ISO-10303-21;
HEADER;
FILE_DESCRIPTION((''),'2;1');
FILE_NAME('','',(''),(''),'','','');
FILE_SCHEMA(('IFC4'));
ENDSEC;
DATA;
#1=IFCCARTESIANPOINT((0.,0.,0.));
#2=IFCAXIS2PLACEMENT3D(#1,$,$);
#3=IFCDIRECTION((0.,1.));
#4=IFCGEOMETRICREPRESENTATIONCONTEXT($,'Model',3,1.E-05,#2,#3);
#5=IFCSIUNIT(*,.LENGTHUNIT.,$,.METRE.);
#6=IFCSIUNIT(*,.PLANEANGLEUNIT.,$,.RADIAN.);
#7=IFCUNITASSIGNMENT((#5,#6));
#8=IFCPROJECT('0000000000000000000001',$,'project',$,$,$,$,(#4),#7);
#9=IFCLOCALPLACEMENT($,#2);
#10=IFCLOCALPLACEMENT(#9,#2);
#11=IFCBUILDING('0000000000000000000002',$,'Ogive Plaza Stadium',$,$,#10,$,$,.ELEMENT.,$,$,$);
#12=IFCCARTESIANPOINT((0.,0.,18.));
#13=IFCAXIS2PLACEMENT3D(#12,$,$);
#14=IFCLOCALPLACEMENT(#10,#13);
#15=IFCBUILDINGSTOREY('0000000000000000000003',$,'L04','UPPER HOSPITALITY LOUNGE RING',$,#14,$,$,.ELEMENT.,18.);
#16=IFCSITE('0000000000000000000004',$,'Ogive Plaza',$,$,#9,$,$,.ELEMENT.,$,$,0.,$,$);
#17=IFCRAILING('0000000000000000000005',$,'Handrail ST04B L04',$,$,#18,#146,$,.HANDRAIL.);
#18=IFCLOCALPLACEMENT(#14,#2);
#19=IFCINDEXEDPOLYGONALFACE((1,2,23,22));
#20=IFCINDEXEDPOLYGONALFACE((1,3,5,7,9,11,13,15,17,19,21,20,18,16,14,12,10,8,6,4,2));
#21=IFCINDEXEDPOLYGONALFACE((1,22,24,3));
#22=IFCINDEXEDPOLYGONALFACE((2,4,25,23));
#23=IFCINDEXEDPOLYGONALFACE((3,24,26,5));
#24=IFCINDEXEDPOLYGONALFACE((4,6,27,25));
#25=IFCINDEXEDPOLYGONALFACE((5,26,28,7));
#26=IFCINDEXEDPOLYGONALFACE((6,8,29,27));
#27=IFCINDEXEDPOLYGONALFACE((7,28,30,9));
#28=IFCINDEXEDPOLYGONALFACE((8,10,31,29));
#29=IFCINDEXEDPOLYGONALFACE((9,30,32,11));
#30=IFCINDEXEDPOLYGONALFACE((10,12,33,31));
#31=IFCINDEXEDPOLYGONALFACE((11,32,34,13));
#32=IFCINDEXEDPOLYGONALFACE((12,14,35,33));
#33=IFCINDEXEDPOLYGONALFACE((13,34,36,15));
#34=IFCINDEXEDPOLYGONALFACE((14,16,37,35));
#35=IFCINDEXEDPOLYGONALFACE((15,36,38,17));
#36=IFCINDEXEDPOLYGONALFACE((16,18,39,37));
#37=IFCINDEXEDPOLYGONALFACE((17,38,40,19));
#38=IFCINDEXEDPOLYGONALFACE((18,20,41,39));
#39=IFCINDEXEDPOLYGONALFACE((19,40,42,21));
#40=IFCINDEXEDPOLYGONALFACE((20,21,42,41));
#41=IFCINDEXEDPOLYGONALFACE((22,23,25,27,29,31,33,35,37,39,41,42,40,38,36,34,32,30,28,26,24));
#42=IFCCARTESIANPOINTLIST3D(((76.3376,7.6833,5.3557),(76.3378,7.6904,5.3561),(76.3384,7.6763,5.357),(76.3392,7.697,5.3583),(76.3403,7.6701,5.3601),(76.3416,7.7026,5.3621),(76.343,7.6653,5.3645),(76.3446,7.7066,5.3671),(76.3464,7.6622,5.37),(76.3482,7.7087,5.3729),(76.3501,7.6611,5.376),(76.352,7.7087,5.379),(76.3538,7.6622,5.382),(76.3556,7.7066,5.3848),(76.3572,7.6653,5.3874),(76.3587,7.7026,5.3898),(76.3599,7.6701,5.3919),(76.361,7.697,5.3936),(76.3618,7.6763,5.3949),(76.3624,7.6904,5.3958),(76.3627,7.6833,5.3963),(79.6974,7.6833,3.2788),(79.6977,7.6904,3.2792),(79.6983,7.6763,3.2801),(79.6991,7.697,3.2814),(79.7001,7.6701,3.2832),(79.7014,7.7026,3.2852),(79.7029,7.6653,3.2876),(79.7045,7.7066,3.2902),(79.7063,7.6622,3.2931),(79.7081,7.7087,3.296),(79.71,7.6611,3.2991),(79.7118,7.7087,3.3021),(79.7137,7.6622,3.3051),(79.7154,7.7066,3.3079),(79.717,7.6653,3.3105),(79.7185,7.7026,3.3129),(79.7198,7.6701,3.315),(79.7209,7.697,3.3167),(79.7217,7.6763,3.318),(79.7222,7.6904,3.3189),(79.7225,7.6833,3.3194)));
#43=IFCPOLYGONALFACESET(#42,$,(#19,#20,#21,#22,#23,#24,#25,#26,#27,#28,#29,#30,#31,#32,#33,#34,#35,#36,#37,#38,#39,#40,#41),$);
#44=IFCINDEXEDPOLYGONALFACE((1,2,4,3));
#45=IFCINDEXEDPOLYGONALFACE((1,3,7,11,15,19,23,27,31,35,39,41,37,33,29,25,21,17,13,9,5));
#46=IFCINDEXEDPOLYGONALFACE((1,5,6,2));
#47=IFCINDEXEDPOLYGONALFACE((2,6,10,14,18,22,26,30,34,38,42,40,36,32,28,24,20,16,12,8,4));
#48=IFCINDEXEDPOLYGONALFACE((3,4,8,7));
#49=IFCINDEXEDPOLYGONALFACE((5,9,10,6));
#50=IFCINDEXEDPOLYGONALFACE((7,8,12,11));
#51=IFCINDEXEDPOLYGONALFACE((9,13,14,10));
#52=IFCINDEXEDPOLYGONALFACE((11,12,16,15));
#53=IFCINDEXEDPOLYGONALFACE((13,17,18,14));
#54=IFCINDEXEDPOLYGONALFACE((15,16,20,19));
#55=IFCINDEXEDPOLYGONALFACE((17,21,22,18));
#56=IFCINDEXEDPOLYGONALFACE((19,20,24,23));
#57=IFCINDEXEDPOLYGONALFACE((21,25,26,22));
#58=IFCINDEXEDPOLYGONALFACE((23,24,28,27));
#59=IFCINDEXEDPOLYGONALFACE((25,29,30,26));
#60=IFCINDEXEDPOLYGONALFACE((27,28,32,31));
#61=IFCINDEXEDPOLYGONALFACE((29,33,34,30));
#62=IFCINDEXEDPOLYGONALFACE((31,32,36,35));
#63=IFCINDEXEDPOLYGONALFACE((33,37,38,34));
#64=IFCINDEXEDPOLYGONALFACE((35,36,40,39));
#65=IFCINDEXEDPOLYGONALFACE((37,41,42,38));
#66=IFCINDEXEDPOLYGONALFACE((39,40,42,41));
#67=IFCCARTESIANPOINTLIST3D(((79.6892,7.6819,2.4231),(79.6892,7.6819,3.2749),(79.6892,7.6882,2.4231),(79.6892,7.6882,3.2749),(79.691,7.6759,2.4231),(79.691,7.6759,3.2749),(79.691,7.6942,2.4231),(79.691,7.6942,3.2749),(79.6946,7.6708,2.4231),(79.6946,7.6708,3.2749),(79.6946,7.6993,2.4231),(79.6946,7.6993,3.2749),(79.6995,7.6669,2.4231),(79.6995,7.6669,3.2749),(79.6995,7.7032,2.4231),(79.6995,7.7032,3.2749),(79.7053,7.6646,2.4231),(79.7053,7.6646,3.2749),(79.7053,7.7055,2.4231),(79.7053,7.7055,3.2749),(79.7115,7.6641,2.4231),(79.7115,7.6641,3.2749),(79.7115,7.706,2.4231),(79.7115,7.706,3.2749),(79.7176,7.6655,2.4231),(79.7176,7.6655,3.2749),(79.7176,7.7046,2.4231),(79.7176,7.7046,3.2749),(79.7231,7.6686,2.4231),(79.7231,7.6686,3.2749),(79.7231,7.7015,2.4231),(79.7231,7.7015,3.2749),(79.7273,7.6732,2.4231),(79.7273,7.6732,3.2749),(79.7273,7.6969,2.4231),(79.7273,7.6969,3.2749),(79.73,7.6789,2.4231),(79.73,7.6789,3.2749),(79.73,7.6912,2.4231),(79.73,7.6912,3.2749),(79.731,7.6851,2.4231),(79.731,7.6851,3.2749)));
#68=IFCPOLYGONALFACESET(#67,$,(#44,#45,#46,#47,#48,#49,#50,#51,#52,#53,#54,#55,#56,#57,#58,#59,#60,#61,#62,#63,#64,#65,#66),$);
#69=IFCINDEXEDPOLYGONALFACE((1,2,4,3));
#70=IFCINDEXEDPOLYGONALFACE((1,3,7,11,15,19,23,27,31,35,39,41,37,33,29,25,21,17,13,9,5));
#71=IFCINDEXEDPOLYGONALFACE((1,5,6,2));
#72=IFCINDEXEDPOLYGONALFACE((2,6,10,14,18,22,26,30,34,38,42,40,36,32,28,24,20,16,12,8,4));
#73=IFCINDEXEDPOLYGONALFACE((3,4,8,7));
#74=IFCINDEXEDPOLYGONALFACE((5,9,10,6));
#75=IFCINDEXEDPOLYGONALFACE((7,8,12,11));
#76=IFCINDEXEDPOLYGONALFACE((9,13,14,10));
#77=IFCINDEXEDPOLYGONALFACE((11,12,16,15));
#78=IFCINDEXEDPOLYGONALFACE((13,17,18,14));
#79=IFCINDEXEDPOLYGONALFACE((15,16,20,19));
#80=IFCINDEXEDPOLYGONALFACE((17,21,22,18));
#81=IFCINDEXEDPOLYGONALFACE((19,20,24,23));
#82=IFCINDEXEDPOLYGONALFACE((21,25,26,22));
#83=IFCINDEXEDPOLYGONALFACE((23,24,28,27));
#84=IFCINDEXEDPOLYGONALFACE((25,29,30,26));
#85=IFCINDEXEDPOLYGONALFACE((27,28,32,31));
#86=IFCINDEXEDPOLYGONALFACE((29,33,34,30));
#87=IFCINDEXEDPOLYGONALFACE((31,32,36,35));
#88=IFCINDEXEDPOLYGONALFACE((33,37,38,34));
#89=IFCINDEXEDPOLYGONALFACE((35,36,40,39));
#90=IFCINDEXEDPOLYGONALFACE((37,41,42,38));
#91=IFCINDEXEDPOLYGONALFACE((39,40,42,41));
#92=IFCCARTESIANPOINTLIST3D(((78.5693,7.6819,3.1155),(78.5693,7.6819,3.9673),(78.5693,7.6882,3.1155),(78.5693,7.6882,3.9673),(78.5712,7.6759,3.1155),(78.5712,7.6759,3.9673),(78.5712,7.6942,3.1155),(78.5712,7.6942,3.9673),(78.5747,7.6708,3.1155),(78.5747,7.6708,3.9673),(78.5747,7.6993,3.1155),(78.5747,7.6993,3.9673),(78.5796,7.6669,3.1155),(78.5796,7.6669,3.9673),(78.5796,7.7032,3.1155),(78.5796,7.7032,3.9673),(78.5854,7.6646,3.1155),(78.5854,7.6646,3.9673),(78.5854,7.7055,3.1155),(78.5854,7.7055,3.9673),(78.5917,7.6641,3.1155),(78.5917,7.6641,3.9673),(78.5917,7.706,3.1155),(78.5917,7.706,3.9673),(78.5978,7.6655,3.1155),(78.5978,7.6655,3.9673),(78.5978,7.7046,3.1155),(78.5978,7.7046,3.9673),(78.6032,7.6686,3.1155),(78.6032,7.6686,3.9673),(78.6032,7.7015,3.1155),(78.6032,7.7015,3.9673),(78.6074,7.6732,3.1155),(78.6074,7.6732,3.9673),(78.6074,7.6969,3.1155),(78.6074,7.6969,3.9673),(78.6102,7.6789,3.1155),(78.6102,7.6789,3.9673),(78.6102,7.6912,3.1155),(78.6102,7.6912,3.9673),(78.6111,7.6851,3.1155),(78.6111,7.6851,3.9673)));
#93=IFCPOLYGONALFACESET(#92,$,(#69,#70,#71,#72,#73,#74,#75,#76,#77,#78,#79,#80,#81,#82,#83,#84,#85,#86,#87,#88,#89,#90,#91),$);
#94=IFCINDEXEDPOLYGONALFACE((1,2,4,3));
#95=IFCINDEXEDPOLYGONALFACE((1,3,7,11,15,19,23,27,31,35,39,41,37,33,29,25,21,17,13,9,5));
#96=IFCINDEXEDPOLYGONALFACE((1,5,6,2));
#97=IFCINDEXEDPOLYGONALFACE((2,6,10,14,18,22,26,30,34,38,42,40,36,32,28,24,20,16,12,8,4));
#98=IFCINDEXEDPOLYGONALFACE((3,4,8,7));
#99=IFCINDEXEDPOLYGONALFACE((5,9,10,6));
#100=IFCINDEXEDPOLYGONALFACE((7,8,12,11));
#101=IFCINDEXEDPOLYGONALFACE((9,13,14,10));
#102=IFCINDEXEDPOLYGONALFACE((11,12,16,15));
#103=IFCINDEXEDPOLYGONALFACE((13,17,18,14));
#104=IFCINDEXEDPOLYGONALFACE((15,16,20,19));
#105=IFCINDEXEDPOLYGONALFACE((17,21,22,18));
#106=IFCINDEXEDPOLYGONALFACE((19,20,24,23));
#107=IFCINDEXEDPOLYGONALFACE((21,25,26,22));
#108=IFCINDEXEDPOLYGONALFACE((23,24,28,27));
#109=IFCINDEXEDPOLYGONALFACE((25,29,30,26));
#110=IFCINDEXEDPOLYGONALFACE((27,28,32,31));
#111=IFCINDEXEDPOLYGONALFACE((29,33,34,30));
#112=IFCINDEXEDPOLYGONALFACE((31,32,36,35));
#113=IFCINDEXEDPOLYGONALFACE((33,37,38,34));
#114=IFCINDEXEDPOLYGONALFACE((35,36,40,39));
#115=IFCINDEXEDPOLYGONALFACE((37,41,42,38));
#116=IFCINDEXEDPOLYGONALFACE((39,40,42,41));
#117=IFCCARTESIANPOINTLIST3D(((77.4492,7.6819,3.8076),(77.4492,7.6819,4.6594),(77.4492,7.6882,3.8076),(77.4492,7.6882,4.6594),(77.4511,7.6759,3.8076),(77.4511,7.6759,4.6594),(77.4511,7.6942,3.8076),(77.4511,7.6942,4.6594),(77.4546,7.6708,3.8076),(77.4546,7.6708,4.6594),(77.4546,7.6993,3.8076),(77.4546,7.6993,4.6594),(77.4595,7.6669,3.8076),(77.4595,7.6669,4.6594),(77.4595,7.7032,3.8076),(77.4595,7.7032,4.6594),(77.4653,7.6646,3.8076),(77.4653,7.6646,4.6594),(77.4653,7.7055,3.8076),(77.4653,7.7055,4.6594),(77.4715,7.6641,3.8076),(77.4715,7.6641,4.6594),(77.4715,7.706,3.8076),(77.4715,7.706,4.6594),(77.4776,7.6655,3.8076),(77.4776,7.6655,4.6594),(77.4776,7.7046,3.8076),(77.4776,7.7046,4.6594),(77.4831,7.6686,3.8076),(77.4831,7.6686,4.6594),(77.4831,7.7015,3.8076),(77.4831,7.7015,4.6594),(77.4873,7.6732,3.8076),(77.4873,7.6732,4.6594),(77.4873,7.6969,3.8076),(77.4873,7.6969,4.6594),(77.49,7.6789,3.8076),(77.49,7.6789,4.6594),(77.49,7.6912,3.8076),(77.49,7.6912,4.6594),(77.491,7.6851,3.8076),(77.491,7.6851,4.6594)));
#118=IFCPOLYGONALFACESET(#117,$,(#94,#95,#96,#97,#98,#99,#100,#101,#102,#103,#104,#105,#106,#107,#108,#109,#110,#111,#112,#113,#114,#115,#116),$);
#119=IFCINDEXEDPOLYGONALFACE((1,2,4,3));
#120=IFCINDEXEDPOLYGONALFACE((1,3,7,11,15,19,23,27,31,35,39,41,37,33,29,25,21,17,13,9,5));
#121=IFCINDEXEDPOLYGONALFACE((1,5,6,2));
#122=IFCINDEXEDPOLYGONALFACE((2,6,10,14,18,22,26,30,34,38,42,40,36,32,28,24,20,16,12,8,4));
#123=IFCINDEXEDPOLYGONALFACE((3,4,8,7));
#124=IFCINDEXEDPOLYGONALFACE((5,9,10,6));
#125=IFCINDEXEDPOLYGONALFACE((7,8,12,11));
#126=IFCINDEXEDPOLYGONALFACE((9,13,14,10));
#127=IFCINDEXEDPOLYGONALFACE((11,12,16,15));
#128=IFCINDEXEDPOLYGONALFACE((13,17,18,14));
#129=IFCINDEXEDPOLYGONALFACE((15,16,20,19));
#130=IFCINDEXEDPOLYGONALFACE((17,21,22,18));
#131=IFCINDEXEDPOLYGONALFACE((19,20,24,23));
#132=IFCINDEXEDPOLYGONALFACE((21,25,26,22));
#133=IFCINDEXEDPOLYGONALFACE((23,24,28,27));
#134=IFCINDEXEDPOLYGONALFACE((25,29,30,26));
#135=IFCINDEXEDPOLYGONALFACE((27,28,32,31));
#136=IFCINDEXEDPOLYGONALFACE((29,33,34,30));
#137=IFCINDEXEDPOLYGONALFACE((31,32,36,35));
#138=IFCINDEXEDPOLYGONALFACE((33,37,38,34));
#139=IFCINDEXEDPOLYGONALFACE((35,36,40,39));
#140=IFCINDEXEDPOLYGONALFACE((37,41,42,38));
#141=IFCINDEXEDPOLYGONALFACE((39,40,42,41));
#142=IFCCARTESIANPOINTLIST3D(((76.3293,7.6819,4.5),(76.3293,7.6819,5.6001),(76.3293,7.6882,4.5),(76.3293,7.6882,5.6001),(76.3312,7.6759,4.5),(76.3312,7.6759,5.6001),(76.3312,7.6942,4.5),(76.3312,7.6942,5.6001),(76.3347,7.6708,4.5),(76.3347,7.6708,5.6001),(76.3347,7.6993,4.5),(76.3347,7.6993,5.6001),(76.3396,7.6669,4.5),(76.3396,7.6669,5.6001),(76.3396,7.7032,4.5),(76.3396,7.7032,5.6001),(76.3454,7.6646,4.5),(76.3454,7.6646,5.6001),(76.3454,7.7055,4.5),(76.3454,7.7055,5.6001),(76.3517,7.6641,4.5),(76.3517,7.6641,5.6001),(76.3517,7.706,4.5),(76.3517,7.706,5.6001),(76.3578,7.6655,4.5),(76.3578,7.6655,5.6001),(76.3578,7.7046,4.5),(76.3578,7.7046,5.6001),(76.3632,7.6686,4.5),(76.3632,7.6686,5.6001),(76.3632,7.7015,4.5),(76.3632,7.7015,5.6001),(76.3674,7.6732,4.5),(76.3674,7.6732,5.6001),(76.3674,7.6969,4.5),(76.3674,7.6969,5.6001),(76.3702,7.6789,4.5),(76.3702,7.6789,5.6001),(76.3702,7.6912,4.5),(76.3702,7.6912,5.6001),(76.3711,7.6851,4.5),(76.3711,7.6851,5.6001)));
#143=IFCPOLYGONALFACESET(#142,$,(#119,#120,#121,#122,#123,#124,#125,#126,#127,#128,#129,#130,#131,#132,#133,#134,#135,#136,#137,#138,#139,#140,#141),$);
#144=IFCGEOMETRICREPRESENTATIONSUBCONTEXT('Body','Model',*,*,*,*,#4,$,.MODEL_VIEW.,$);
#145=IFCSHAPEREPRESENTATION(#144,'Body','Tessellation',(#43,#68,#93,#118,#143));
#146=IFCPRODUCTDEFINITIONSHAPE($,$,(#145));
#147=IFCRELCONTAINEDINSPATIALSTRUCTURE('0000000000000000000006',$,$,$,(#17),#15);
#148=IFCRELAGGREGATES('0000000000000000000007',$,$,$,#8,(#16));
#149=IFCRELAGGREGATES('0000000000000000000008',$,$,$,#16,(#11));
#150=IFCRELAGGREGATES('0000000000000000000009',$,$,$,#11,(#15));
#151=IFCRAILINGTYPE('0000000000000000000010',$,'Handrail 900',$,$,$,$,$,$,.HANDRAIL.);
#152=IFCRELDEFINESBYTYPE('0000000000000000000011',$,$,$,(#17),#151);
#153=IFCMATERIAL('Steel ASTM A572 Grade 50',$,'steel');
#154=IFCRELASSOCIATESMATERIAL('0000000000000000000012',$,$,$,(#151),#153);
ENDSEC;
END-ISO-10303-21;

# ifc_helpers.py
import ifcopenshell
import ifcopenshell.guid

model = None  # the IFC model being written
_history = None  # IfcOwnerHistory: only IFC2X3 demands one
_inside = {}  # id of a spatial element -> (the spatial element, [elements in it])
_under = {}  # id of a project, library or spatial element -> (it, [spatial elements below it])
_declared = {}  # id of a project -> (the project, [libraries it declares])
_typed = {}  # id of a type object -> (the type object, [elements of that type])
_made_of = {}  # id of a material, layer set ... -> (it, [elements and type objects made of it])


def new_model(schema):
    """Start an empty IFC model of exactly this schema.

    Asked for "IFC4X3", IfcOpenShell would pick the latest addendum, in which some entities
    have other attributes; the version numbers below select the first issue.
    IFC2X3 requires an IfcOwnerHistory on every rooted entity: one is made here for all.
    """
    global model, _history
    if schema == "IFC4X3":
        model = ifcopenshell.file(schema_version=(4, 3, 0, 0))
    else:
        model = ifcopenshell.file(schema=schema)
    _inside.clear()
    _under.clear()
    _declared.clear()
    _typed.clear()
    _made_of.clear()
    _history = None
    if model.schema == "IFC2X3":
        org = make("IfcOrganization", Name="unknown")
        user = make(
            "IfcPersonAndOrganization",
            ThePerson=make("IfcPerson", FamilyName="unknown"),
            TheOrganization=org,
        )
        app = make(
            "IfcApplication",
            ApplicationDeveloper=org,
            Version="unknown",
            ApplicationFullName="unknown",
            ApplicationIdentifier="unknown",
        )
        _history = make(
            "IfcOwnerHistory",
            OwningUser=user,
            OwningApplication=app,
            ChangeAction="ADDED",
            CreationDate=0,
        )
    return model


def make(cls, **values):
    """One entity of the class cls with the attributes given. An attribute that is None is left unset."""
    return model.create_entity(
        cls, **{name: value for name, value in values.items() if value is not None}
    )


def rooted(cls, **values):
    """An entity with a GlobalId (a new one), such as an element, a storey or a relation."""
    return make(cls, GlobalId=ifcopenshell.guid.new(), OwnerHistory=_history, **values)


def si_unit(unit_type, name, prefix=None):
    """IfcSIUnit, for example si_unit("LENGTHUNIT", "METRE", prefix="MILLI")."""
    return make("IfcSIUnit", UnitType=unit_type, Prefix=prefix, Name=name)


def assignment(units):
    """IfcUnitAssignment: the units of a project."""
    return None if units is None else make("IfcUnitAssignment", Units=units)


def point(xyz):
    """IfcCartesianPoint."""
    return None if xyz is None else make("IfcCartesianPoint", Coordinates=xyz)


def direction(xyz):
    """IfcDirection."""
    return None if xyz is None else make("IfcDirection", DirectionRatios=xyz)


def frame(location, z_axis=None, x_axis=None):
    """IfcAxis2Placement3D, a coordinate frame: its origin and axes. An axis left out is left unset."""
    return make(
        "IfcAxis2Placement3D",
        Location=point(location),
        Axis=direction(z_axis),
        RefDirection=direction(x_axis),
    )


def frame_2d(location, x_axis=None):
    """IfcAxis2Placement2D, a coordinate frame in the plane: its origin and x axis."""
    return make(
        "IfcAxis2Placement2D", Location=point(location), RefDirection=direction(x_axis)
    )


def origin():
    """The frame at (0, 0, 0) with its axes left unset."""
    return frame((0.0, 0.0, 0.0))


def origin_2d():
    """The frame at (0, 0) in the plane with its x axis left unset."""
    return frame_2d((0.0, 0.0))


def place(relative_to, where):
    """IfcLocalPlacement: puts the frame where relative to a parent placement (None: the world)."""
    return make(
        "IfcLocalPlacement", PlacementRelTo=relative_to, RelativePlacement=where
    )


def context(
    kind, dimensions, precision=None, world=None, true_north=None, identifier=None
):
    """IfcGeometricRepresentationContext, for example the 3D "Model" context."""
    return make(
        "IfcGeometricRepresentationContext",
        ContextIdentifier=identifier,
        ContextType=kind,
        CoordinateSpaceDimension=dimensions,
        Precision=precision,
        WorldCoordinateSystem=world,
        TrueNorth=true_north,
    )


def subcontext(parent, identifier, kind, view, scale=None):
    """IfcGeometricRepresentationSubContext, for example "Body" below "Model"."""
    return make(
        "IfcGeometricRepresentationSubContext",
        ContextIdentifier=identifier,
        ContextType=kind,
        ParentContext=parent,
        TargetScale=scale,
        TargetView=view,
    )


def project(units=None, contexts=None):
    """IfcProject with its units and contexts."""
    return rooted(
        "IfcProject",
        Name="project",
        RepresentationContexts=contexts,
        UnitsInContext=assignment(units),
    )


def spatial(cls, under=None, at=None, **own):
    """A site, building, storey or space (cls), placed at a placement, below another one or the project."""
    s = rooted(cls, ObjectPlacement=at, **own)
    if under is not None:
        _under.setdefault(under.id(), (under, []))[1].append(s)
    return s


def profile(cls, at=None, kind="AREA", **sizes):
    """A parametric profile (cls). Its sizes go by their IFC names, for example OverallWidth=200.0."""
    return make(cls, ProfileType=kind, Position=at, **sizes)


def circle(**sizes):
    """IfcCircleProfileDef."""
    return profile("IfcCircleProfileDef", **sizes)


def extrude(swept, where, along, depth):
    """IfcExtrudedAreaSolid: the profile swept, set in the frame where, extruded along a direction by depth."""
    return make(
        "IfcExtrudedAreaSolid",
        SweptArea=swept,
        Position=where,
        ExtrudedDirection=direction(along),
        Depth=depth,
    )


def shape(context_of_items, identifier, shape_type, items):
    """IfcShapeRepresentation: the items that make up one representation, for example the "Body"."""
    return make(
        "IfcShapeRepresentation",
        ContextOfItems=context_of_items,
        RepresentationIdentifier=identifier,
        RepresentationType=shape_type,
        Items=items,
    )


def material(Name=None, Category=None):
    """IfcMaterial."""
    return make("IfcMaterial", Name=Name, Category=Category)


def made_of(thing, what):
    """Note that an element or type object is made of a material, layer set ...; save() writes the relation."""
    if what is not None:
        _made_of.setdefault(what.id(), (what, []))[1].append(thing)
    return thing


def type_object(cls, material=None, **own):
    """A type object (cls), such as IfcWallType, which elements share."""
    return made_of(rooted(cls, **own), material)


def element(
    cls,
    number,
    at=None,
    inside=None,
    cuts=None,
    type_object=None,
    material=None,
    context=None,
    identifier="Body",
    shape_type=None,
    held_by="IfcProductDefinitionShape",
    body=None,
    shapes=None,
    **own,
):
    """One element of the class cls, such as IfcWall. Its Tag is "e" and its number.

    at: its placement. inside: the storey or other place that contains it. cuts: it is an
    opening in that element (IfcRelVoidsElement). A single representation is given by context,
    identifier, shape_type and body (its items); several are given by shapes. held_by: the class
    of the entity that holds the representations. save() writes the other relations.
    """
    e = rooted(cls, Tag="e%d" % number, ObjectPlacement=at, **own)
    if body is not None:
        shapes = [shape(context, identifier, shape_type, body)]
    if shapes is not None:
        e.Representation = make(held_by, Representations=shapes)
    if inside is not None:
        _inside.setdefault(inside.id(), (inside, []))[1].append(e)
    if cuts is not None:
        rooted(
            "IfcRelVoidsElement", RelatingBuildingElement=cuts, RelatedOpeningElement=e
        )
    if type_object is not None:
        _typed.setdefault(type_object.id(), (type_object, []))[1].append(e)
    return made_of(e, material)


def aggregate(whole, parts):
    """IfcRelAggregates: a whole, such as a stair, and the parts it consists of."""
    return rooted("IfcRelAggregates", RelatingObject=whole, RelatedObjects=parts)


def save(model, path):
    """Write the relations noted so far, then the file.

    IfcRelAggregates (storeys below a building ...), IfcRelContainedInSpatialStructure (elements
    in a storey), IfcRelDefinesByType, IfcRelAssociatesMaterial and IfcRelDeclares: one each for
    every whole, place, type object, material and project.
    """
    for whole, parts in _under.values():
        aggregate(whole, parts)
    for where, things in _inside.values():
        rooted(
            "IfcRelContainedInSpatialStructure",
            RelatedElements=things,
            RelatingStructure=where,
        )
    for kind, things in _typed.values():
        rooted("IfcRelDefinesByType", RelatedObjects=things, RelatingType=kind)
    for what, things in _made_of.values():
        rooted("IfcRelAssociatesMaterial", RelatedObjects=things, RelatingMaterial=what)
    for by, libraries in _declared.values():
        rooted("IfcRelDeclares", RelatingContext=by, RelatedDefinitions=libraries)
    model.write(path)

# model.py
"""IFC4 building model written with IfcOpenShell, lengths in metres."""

from ifc_helpers import new_model, si_unit, direction, frame, origin, origin_2d, place, context, subcontext, project, spatial, circle, extrude, material, type_object, element, save


model = new_model("IFC4")

# Units and contexts
model_context = context("Model", 3, precision=1e-05, world=origin(), true_north=direction((0.0, 1.0)))
body_context = subcontext(model_context, "Body", "Model", "MODEL_VIEW")
ifc_project = project(units=[si_unit("LENGTHUNIT", "METRE"), si_unit("PLANEANGLEUNIT", "RADIAN")], contexts=[model_context])

# Site, building, storey
site_placement = place(None, origin())
site = spatial("IfcSite", under=ifc_project, at=site_placement, Name="Ogive Plaza", CompositionType="ELEMENT", RefElevation=0.0)
building_placement = place(site_placement, origin())
building = spatial("IfcBuilding", under=site, at=building_placement, Name="Ogive Plaza Stadium", CompositionType="ELEMENT")
storey_placement = place(building_placement, frame((0.0, 0.0, 18.0)))
storey = spatial("IfcBuildingStorey", under=building, at=storey_placement, Name="L04", Description="UPPER HOSPITALITY LOUNGE RING", CompositionType="ELEMENT", Elevation=18.0)

# Railing
ifc_material_1 = material(Name="Steel ASTM A572 Grade 50", Category="steel")
railing_type_1 = type_object("IfcRailingType", Name="Handrail 900", PredefinedType="HANDRAIL", material=ifc_material_1)
for number, where, name in (
    (1, (79.71, 7.6851, 2.4231), "Handrail ST04B L04"),
):
    element("IfcRailing", number, at=place(storey_placement, frame(where)), inside=storey, type_object=railing_type_1, Name=name, PredefinedType="HANDRAIL", context=body_context, shape_type="SweptSolid", body=[
        extrude(circle(Radius=0.0239, at=origin_2d()), frame((0.0, 0.0, 0.876), z_axis=(-0.850606, 0.0, 0.525803), x_axis=(0.0, -1.0, 0.0)), (0.0, 0.0, 1.0), 3.95),
        extrude(circle(Radius=0.021, at=origin_2d()), origin(), (0.0, 0.0, 1.0), 0.8518),
        extrude(circle(Radius=0.021, at=origin_2d()), frame((-1.1199, 0.0, 0.6924)), (0.0, 0.0, 1.0), 0.8518),
        extrude(circle(Radius=0.021, at=origin_2d()), frame((-2.24, 0.0, 1.3845)), (0.0, 0.0, 1.0), 0.8518),
        extrude(circle(Radius=0.021, at=origin_2d()), frame((-3.3599, 0.0, 2.0769)), (0.0, 0.0, 1.0), 1.1001),
    ])

save(model, "model.ifc")
